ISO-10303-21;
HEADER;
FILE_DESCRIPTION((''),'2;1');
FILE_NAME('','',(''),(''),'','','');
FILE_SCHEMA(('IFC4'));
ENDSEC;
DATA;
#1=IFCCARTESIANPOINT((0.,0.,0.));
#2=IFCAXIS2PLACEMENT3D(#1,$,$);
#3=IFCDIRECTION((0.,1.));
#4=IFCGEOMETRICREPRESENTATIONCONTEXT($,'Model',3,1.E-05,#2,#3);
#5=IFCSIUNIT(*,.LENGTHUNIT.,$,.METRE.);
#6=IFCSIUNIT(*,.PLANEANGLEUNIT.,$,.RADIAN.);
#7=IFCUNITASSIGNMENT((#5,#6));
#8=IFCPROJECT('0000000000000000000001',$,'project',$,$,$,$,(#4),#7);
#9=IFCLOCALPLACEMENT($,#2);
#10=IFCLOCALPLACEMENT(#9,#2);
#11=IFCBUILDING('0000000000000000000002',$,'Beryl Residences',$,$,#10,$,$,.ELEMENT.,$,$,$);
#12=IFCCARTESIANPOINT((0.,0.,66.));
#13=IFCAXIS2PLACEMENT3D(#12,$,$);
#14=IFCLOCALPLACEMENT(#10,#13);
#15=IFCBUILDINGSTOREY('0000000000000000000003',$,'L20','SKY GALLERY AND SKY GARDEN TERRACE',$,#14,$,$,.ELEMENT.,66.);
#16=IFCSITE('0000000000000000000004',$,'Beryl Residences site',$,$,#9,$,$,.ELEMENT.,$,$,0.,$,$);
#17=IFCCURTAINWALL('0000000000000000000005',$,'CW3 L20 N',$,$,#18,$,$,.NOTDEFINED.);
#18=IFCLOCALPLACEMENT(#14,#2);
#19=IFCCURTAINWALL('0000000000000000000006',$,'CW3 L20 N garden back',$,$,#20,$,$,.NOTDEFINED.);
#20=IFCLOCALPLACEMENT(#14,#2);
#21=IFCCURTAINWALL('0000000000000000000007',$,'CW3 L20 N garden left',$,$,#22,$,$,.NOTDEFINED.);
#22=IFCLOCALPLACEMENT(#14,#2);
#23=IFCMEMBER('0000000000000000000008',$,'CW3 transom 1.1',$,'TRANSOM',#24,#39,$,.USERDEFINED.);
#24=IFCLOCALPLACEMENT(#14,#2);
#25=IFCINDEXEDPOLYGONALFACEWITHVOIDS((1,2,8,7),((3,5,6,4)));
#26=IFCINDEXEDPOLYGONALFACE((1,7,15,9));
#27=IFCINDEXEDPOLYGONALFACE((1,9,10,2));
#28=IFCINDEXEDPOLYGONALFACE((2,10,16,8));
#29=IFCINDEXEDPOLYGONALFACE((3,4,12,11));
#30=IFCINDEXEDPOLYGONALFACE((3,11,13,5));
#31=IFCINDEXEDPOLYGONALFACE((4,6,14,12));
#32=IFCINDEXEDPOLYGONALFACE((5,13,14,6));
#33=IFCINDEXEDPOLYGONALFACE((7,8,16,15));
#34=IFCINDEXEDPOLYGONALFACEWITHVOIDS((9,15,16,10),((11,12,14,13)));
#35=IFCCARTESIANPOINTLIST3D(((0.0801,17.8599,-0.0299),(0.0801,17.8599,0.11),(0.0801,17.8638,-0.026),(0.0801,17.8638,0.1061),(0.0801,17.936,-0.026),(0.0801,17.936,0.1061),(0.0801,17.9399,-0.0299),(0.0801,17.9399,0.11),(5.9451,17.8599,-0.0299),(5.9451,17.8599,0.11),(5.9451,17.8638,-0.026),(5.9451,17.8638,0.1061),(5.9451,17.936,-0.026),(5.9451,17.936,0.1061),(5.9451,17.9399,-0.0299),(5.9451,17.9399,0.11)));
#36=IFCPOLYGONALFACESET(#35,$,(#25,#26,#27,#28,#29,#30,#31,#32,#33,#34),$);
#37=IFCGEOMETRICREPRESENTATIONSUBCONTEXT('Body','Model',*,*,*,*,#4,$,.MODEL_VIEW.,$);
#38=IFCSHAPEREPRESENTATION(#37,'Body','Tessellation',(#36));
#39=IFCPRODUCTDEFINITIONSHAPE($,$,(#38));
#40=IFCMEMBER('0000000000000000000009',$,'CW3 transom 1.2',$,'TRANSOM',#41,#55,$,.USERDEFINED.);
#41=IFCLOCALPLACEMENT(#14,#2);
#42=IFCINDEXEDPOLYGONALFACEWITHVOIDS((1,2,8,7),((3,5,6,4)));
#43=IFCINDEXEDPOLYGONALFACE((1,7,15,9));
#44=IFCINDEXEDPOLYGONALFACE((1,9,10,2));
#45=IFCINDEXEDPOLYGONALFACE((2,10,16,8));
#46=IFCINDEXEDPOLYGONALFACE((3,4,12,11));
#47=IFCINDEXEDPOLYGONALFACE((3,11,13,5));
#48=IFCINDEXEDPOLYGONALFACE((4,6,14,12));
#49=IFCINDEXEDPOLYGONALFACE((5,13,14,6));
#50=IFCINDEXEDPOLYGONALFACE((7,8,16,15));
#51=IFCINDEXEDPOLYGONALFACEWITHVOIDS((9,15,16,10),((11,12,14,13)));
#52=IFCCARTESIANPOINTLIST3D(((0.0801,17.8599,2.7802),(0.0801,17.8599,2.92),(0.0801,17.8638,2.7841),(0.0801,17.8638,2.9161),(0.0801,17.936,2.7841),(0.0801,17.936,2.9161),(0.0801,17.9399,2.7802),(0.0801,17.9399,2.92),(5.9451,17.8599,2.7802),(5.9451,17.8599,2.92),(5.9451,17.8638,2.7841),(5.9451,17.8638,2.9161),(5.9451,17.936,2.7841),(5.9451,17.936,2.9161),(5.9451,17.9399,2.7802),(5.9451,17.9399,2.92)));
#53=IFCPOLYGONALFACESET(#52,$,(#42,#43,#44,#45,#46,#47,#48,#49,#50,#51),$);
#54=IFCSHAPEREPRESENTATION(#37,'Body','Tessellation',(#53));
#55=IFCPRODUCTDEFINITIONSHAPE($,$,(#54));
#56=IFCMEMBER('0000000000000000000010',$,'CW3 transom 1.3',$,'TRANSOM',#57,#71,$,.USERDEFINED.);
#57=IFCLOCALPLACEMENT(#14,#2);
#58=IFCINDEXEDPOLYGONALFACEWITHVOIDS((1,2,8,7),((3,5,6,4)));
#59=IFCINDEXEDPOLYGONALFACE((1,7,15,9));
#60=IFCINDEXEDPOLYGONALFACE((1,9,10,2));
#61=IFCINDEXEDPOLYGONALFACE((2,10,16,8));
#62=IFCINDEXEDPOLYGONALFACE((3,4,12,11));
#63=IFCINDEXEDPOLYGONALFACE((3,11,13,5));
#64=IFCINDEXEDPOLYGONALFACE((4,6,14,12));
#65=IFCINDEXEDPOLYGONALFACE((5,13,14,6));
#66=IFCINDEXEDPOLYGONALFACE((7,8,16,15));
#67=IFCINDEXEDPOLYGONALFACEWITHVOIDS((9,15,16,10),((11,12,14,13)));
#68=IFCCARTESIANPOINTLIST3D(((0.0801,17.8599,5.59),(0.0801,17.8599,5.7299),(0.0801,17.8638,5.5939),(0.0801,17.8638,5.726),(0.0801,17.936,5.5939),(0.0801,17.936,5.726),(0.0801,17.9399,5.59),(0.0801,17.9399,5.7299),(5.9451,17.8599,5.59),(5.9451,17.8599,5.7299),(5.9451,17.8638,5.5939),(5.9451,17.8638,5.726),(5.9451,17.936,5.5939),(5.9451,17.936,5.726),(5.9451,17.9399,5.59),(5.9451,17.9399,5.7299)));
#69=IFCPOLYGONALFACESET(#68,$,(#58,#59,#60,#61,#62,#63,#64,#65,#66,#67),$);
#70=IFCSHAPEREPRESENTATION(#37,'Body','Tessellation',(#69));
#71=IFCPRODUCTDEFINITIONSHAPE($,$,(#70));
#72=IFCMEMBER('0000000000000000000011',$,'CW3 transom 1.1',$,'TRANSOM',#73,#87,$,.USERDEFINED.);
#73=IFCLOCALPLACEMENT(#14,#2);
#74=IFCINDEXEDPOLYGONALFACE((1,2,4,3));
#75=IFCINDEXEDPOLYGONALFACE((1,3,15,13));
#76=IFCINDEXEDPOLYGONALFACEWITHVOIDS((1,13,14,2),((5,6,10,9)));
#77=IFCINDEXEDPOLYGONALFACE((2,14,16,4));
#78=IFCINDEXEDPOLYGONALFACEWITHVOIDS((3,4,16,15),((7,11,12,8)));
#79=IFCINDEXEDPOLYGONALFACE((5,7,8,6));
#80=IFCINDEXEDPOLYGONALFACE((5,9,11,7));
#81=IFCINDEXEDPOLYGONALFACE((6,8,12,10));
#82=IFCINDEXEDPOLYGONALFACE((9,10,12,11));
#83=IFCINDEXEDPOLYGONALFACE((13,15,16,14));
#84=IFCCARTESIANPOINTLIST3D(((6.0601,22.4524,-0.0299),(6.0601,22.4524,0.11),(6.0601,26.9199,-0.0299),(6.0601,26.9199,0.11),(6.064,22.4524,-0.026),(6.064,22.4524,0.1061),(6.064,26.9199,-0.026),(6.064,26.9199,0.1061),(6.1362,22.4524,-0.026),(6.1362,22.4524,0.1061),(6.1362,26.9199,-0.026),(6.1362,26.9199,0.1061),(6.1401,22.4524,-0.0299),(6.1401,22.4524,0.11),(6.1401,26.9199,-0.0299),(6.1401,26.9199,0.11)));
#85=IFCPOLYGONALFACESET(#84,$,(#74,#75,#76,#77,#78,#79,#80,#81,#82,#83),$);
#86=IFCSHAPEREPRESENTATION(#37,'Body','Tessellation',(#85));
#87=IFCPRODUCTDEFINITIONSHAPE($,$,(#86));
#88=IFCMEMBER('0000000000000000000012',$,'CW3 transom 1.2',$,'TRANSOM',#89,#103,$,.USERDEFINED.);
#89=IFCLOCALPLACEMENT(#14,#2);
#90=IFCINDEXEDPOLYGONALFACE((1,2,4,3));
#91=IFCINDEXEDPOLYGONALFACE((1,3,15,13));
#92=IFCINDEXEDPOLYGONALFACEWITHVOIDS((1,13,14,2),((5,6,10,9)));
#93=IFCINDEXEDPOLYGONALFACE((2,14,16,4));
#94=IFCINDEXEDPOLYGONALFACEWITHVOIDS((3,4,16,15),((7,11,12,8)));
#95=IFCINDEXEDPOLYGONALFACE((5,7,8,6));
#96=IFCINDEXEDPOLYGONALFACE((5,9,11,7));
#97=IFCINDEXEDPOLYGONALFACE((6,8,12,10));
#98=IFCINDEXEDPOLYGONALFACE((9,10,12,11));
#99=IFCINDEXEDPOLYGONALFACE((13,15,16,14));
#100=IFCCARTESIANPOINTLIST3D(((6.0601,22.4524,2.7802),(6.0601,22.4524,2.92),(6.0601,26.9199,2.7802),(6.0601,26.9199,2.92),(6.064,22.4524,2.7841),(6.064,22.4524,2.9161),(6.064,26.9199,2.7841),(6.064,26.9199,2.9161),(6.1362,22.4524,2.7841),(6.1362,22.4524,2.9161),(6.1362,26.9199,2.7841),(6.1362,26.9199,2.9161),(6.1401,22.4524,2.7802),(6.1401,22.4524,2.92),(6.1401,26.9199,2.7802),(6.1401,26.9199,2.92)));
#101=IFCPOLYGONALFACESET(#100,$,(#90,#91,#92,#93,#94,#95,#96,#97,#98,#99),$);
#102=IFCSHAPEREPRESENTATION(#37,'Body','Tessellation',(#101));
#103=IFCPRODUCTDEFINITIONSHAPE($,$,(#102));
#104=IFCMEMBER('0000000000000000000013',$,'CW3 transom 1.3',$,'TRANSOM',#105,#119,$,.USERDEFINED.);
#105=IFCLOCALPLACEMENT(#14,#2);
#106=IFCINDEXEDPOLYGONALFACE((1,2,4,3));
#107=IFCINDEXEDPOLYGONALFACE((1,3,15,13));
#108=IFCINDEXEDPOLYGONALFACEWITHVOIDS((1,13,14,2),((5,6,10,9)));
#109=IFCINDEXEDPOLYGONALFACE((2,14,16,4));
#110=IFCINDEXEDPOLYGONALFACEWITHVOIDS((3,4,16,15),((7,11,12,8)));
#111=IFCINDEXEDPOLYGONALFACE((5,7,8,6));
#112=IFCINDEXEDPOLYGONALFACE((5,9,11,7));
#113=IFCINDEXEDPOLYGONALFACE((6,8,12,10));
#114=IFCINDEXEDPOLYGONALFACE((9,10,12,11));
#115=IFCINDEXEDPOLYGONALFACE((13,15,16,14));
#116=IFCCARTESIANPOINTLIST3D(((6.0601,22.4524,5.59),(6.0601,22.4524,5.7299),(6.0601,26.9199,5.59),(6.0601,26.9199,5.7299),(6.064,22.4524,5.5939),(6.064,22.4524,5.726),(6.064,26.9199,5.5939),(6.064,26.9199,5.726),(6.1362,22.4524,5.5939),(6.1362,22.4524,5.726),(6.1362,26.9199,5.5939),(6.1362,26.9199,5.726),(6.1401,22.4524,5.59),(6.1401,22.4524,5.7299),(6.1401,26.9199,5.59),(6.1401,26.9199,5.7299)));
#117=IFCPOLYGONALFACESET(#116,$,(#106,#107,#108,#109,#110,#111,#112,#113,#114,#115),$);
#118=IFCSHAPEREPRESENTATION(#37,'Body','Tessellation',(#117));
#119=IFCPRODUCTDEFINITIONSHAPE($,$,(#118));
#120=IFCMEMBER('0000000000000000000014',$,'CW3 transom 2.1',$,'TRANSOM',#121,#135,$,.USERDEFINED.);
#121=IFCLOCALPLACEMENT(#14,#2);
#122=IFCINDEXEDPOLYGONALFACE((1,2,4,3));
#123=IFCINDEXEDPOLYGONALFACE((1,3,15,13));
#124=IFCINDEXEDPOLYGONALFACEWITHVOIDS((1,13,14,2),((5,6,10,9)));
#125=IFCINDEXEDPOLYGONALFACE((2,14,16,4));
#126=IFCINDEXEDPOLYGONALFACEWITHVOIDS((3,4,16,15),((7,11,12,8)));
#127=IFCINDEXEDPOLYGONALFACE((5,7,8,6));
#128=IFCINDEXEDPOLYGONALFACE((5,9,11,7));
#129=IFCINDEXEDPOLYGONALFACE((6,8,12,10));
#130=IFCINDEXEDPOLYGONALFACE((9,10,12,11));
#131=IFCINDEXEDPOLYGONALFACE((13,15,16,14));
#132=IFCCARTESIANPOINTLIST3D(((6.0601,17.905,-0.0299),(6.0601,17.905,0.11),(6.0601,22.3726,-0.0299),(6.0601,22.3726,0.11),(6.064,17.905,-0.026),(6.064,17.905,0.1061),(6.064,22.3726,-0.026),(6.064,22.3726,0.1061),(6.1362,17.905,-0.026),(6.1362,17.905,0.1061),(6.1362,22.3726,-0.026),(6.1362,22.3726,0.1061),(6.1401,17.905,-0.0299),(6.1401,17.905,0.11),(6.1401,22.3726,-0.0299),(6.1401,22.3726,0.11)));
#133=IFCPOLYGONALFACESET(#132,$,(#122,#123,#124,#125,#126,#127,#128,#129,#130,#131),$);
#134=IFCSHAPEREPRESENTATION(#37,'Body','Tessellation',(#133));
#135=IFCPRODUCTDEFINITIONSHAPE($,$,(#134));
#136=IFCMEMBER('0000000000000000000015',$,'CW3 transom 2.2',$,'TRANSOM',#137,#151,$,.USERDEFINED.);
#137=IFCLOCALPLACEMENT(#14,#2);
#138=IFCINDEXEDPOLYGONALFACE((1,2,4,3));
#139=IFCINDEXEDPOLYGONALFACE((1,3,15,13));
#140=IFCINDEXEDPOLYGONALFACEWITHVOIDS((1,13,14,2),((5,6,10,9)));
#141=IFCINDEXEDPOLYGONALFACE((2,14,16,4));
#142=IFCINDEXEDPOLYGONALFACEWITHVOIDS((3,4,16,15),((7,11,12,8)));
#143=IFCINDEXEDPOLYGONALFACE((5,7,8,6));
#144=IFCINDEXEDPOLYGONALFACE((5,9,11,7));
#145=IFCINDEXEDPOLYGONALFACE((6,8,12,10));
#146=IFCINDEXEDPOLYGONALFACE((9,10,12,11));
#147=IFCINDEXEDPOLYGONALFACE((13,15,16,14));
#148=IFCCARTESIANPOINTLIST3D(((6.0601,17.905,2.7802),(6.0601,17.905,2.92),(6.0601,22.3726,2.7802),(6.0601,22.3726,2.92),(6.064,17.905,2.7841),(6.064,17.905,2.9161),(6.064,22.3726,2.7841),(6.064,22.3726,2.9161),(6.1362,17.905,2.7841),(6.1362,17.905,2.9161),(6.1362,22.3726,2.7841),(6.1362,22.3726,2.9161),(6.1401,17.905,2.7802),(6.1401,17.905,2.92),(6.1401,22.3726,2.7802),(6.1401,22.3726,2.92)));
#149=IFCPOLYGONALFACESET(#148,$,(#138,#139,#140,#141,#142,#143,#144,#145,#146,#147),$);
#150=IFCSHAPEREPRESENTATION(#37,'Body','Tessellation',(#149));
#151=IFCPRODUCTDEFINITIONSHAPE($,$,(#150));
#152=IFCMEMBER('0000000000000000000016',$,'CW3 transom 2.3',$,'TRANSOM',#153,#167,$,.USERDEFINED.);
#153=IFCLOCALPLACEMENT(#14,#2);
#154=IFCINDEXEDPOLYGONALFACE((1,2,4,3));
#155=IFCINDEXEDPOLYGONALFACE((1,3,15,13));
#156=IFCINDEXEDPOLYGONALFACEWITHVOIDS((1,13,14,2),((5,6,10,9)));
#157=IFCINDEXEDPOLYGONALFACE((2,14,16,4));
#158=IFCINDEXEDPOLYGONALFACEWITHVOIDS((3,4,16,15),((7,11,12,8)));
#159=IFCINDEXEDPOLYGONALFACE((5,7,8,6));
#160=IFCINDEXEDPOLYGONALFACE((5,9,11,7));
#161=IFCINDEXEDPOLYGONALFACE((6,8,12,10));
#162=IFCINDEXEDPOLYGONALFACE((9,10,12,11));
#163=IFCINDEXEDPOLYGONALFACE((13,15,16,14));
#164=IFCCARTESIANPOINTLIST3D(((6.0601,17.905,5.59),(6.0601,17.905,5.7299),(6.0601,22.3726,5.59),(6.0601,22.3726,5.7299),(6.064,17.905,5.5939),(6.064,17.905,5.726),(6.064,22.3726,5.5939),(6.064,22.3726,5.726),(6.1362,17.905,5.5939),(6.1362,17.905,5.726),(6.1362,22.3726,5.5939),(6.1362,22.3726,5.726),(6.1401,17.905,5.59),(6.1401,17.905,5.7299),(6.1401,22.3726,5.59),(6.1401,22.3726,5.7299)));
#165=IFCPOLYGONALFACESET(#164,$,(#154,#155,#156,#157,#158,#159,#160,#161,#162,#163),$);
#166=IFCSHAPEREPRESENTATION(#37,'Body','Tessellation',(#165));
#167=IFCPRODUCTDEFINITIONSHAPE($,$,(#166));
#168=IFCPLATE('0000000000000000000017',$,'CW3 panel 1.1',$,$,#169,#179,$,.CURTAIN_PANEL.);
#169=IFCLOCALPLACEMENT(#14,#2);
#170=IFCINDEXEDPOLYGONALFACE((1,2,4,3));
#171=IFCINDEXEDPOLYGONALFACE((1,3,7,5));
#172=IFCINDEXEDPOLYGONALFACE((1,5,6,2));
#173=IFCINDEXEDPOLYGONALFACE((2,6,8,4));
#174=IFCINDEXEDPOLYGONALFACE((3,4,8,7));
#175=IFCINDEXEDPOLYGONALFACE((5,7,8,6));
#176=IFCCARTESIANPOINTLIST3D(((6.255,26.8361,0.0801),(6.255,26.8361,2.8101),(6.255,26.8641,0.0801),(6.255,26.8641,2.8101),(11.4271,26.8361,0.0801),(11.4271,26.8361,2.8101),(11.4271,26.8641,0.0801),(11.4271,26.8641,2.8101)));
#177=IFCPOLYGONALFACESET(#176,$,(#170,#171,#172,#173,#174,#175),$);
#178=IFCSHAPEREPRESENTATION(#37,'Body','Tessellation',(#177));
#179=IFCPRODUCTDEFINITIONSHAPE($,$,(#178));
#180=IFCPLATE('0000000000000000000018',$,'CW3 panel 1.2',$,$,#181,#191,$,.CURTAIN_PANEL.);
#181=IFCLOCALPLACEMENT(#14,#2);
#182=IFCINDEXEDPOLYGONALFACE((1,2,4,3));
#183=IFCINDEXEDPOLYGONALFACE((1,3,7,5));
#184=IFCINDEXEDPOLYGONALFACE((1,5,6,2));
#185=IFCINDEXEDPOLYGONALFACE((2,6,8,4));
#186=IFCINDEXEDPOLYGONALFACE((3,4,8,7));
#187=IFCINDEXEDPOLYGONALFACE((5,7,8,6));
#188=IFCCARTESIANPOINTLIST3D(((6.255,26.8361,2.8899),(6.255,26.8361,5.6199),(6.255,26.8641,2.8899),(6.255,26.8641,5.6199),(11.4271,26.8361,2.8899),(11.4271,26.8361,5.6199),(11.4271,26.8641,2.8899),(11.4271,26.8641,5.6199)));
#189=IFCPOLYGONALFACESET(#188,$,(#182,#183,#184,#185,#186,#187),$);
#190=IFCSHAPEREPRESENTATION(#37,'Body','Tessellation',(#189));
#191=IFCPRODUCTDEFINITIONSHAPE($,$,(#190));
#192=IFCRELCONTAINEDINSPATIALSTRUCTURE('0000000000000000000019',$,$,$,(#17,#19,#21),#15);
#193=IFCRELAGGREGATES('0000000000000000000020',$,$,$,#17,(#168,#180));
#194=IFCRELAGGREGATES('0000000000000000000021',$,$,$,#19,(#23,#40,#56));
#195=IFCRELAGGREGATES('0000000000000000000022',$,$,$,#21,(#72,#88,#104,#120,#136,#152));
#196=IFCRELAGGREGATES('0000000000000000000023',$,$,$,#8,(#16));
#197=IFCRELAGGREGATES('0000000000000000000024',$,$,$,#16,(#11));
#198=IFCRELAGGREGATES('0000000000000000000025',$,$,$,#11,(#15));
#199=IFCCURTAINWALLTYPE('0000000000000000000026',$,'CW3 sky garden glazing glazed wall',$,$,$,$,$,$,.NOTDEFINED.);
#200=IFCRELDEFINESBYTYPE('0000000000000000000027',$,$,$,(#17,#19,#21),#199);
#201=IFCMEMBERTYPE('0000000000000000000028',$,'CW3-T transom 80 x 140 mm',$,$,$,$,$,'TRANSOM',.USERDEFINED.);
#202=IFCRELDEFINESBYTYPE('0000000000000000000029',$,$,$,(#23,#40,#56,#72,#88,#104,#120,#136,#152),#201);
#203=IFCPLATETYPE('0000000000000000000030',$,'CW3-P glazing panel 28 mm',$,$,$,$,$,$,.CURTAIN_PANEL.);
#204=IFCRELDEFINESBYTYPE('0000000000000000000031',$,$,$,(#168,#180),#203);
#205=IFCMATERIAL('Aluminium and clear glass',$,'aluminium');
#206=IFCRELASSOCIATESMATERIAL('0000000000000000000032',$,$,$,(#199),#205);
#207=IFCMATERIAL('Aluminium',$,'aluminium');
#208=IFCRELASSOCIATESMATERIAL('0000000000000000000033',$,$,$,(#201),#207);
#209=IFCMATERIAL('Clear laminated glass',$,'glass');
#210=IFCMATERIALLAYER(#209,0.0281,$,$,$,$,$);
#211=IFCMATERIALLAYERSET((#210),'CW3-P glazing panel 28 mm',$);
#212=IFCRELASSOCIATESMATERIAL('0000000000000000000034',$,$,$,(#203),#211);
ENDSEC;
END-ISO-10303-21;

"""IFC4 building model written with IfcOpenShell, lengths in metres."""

from ifc_helpers import new_model, si_unit, direction, frame, origin, origin_2d, place, context, subcontext, project, spatial, rectangle, hollow_rectangle, extrude, material, layer, layer_set, material_profile, profile_set, type_object, element, aggregate, save


model = new_model("IFC4")

# Units and contexts
model_context = context("Model", 3, precision=1e-05, world=origin(), true_north=direction((0.0, 1.0)))
body_context = subcontext(model_context, "Body", "Model", "MODEL_VIEW")
ifc_project = project(units=[si_unit("LENGTHUNIT", "METRE"), si_unit("PLANEANGLEUNIT", "RADIAN")], contexts=[model_context])

# Site, building, storey
site_placement = place(None, origin())
site = spatial("IfcSite", under=ifc_project, at=site_placement, Name="Beryl Residences site", CompositionType="ELEMENT", RefElevation=0.0)
building_placement = place(site_placement, origin())
building = spatial("IfcBuilding", under=site, at=building_placement, Name="Beryl Residences", CompositionType="ELEMENT")
storey_placement = place(building_placement, frame((0.0, 0.0, 66.0)))
storey = spatial("IfcBuildingStorey", under=building, at=storey_placement, Name="L20", Description="SKY GALLERY AND SKY GARDEN TERRACE", CompositionType="ELEMENT", Elevation=66.0)

# Curtain walls
ifc_material_1 = material(Name="Aluminium and clear glass", Category="aluminium")
curtain_wall_type = type_object("IfcCurtainWallType", Name="CW3 sky garden glazing glazed wall", PredefinedType="NOTDEFINED", material=ifc_material_1)
curtain_wall_1_placement = place(storey_placement, origin())
curtain_wall_1 = element("IfcCurtainWall", 1, at=curtain_wall_1_placement, inside=storey, type_object=curtain_wall_type, Name="CW3 L20 N", PredefinedType="NOTDEFINED")
curtain_wall_2_placement = place(storey_placement, origin())
curtain_wall_2 = element("IfcCurtainWall", 2, at=curtain_wall_2_placement, inside=storey, type_object=curtain_wall_type, Name="CW3 L20 N garden back", PredefinedType="NOTDEFINED")
curtain_wall_3_placement = place(storey_placement, origin())
curtain_wall_3 = element("IfcCurtainWall", 3, at=curtain_wall_3_placement, inside=storey, type_object=curtain_wall_type, Name="CW3 L20 N garden left", PredefinedType="NOTDEFINED")

# Members
ifc_material_2 = material(Name="Aluminium", Category="aluminium")
ifc_material_profile_1 = material_profile(ifc_material_2, hollow_rectangle(XDim=0.0801, YDim=0.1399, WallThickness=0.0039, at=origin_2d()))
ifc_profile_set_1 = profile_set([ifc_material_profile_1], Name="Aluminium")
member_type_1 = type_object("IfcMemberType", Name="CW3-T transom 80 x 140 mm", ElementType="TRANSOM", PredefinedType="USERDEFINED", material=ifc_profile_set_1)
member_1_placement = place(storey_placement, frame((5.9451, 17.8999, 0.04), z_axis=(-1.0, 0.0, 0.0), x_axis=(0.0, -1.0, 0.0)))
member_1 = element("IfcMember", 4, at=member_1_placement, type_object=member_type_1, Name="CW3 transom 1.1", ObjectType="TRANSOM", PredefinedType="USERDEFINED", context=body_context, shape_type="SweptSolid", body=[
    extrude(hollow_rectangle(XDim=0.0801, YDim=0.1399, WallThickness=0.0039, at=origin_2d()), origin(), (0.0, 0.0, 1.0), 5.865),
])
member_2_placement = place(storey_placement, frame((5.9451, 17.8999, 2.8501), z_axis=(-1.0, 0.0, 0.0), x_axis=(0.0, -1.0, 0.0)))
member_2 = element("IfcMember", 5, at=member_2_placement, type_object=member_type_1, Name="CW3 transom 1.2", ObjectType="TRANSOM", PredefinedType="USERDEFINED", context=body_context, shape_type="SweptSolid", body=[
    extrude(hollow_rectangle(XDim=0.0801, YDim=0.1399, WallThickness=0.0039, at=origin_2d()), origin(), (0.0, 0.0, 1.0), 5.865),
])
member_3_placement = place(storey_placement, frame((5.9451, 17.8999, 5.6599), z_axis=(-1.0, 0.0, 0.0), x_axis=(0.0, -1.0, 0.0)))
member_3 = element("IfcMember", 6, at=member_3_placement, type_object=member_type_1, Name="CW3 transom 1.3", ObjectType="TRANSOM", PredefinedType="USERDEFINED", context=body_context, shape_type="SweptSolid", body=[
    extrude(hollow_rectangle(XDim=0.0801, YDim=0.1399, WallThickness=0.0039, at=origin_2d()), origin(), (0.0, 0.0, 1.0), 5.865),
])
member_4_placement = place(storey_placement, frame((6.1001, 26.9199, 0.04), z_axis=(0.0, -1.0, 0.0), x_axis=(1.0, 0.0, 0.0)))
member_4 = element("IfcMember", 7, at=member_4_placement, type_object=member_type_1, Name="CW3 transom 1.1", ObjectType="TRANSOM", PredefinedType="USERDEFINED", context=body_context, shape_type="SweptSolid", body=[
    extrude(hollow_rectangle(XDim=0.0801, YDim=0.1399, WallThickness=0.0039, at=origin_2d()), origin(), (0.0, 0.0, 1.0), 4.4675),
])
member_5_placement = place(storey_placement, frame((6.1001, 26.9199, 2.8501), z_axis=(0.0, -1.0, 0.0), x_axis=(1.0, 0.0, 0.0)))
member_5 = element("IfcMember", 8, at=member_5_placement, type_object=member_type_1, Name="CW3 transom 1.2", ObjectType="TRANSOM", PredefinedType="USERDEFINED", context=body_context, shape_type="SweptSolid", body=[
    extrude(hollow_rectangle(XDim=0.0801, YDim=0.1399, WallThickness=0.0039, at=origin_2d()), origin(), (0.0, 0.0, 1.0), 4.4675),
])
member_6_placement = place(storey_placement, frame((6.1001, 26.9199, 5.6599), z_axis=(0.0, -1.0, 0.0), x_axis=(1.0, 0.0, 0.0)))
member_6 = element("IfcMember", 9, at=member_6_placement, type_object=member_type_1, Name="CW3 transom 1.3", ObjectType="TRANSOM", PredefinedType="USERDEFINED", context=body_context, shape_type="SweptSolid", body=[
    extrude(hollow_rectangle(XDim=0.0801, YDim=0.1399, WallThickness=0.0039, at=origin_2d()), origin(), (0.0, 0.0, 1.0), 4.4675),
])
member_7_placement = place(storey_placement, frame((6.1001, 22.3726, 0.04), z_axis=(0.0, -1.0, 0.0), x_axis=(1.0, 0.0, 0.0)))
member_7 = element("IfcMember", 10, at=member_7_placement, type_object=member_type_1, Name="CW3 transom 2.1", ObjectType="TRANSOM", PredefinedType="USERDEFINED", context=body_context, shape_type="SweptSolid", body=[
    extrude(hollow_rectangle(XDim=0.0801, YDim=0.1399, WallThickness=0.0039, at=origin_2d()), origin(), (0.0, 0.0, 1.0), 4.4675),
])
member_8_placement = place(storey_placement, frame((6.1001, 22.3726, 2.8501), z_axis=(0.0, -1.0, 0.0), x_axis=(1.0, 0.0, 0.0)))
member_8 = element("IfcMember", 11, at=member_8_placement, type_object=member_type_1, Name="CW3 transom 2.2", ObjectType="TRANSOM", PredefinedType="USERDEFINED", context=body_context, shape_type="SweptSolid", body=[
    extrude(hollow_rectangle(XDim=0.0801, YDim=0.1399, WallThickness=0.0039, at=origin_2d()), origin(), (0.0, 0.0, 1.0), 4.4675),
])
member_9_placement = place(storey_placement, frame((6.1001, 22.3726, 5.6599), z_axis=(0.0, -1.0, 0.0), x_axis=(1.0, 0.0, 0.0)))
member_9 = element("IfcMember", 12, at=member_9_placement, type_object=member_type_1, Name="CW3 transom 2.3", ObjectType="TRANSOM", PredefinedType="USERDEFINED", context=body_context, shape_type="SweptSolid", body=[
    extrude(hollow_rectangle(XDim=0.0801, YDim=0.1399, WallThickness=0.0039, at=origin_2d()), origin(), (0.0, 0.0, 1.0), 4.4675),
])

# Plates
ifc_material_3 = material(Name="Clear laminated glass", Category="glass")
ifc_layer_1 = layer(ifc_material_3, 0.0281)
ifc_layer_set_1 = layer_set([ifc_layer_1], Name="CW3-P glazing panel 28 mm")
plate_type = type_object("IfcPlateType", Name="CW3-P glazing panel 28 mm", PredefinedType="CURTAIN_PANEL", material=ifc_layer_set_1)
plate_1_placement = place(storey_placement, frame((8.8411, 26.8501, 0.0801), z_axis=(0.0, 0.0, 1.0), x_axis=(-1.0, 0.0, 0.0)))
plate_1 = element("IfcPlate", 13, at=plate_1_placement, type_object=plate_type, Name="CW3 panel 1.1", PredefinedType="CURTAIN_PANEL", context=body_context, shape_type="SweptSolid", body=[
    extrude(rectangle(XDim=5.1721, YDim=0.0281, at=origin_2d()), origin(), (0.0, 0.0, 1.0), 2.73),
])
plate_2_placement = place(storey_placement, frame((8.8411, 26.8501, 2.8899), z_axis=(0.0, 0.0, 1.0), x_axis=(-1.0, 0.0, 0.0)))
plate_2 = element("IfcPlate", 14, at=plate_2_placement, type_object=plate_type, Name="CW3 panel 1.2", PredefinedType="CURTAIN_PANEL", context=body_context, shape_type="SweptSolid", body=[
    extrude(rectangle(XDim=5.1721, YDim=0.0281, at=origin_2d()), origin(), (0.0, 0.0, 1.0), 2.73),
])
aggregate(curtain_wall_1, [plate_1, plate_2])
aggregate(curtain_wall_2, [member_1, member_2, member_3])
aggregate(curtain_wall_3, [member_4, member_5, member_6, member_7, member_8, member_9])

save(model, "model.ifc")
